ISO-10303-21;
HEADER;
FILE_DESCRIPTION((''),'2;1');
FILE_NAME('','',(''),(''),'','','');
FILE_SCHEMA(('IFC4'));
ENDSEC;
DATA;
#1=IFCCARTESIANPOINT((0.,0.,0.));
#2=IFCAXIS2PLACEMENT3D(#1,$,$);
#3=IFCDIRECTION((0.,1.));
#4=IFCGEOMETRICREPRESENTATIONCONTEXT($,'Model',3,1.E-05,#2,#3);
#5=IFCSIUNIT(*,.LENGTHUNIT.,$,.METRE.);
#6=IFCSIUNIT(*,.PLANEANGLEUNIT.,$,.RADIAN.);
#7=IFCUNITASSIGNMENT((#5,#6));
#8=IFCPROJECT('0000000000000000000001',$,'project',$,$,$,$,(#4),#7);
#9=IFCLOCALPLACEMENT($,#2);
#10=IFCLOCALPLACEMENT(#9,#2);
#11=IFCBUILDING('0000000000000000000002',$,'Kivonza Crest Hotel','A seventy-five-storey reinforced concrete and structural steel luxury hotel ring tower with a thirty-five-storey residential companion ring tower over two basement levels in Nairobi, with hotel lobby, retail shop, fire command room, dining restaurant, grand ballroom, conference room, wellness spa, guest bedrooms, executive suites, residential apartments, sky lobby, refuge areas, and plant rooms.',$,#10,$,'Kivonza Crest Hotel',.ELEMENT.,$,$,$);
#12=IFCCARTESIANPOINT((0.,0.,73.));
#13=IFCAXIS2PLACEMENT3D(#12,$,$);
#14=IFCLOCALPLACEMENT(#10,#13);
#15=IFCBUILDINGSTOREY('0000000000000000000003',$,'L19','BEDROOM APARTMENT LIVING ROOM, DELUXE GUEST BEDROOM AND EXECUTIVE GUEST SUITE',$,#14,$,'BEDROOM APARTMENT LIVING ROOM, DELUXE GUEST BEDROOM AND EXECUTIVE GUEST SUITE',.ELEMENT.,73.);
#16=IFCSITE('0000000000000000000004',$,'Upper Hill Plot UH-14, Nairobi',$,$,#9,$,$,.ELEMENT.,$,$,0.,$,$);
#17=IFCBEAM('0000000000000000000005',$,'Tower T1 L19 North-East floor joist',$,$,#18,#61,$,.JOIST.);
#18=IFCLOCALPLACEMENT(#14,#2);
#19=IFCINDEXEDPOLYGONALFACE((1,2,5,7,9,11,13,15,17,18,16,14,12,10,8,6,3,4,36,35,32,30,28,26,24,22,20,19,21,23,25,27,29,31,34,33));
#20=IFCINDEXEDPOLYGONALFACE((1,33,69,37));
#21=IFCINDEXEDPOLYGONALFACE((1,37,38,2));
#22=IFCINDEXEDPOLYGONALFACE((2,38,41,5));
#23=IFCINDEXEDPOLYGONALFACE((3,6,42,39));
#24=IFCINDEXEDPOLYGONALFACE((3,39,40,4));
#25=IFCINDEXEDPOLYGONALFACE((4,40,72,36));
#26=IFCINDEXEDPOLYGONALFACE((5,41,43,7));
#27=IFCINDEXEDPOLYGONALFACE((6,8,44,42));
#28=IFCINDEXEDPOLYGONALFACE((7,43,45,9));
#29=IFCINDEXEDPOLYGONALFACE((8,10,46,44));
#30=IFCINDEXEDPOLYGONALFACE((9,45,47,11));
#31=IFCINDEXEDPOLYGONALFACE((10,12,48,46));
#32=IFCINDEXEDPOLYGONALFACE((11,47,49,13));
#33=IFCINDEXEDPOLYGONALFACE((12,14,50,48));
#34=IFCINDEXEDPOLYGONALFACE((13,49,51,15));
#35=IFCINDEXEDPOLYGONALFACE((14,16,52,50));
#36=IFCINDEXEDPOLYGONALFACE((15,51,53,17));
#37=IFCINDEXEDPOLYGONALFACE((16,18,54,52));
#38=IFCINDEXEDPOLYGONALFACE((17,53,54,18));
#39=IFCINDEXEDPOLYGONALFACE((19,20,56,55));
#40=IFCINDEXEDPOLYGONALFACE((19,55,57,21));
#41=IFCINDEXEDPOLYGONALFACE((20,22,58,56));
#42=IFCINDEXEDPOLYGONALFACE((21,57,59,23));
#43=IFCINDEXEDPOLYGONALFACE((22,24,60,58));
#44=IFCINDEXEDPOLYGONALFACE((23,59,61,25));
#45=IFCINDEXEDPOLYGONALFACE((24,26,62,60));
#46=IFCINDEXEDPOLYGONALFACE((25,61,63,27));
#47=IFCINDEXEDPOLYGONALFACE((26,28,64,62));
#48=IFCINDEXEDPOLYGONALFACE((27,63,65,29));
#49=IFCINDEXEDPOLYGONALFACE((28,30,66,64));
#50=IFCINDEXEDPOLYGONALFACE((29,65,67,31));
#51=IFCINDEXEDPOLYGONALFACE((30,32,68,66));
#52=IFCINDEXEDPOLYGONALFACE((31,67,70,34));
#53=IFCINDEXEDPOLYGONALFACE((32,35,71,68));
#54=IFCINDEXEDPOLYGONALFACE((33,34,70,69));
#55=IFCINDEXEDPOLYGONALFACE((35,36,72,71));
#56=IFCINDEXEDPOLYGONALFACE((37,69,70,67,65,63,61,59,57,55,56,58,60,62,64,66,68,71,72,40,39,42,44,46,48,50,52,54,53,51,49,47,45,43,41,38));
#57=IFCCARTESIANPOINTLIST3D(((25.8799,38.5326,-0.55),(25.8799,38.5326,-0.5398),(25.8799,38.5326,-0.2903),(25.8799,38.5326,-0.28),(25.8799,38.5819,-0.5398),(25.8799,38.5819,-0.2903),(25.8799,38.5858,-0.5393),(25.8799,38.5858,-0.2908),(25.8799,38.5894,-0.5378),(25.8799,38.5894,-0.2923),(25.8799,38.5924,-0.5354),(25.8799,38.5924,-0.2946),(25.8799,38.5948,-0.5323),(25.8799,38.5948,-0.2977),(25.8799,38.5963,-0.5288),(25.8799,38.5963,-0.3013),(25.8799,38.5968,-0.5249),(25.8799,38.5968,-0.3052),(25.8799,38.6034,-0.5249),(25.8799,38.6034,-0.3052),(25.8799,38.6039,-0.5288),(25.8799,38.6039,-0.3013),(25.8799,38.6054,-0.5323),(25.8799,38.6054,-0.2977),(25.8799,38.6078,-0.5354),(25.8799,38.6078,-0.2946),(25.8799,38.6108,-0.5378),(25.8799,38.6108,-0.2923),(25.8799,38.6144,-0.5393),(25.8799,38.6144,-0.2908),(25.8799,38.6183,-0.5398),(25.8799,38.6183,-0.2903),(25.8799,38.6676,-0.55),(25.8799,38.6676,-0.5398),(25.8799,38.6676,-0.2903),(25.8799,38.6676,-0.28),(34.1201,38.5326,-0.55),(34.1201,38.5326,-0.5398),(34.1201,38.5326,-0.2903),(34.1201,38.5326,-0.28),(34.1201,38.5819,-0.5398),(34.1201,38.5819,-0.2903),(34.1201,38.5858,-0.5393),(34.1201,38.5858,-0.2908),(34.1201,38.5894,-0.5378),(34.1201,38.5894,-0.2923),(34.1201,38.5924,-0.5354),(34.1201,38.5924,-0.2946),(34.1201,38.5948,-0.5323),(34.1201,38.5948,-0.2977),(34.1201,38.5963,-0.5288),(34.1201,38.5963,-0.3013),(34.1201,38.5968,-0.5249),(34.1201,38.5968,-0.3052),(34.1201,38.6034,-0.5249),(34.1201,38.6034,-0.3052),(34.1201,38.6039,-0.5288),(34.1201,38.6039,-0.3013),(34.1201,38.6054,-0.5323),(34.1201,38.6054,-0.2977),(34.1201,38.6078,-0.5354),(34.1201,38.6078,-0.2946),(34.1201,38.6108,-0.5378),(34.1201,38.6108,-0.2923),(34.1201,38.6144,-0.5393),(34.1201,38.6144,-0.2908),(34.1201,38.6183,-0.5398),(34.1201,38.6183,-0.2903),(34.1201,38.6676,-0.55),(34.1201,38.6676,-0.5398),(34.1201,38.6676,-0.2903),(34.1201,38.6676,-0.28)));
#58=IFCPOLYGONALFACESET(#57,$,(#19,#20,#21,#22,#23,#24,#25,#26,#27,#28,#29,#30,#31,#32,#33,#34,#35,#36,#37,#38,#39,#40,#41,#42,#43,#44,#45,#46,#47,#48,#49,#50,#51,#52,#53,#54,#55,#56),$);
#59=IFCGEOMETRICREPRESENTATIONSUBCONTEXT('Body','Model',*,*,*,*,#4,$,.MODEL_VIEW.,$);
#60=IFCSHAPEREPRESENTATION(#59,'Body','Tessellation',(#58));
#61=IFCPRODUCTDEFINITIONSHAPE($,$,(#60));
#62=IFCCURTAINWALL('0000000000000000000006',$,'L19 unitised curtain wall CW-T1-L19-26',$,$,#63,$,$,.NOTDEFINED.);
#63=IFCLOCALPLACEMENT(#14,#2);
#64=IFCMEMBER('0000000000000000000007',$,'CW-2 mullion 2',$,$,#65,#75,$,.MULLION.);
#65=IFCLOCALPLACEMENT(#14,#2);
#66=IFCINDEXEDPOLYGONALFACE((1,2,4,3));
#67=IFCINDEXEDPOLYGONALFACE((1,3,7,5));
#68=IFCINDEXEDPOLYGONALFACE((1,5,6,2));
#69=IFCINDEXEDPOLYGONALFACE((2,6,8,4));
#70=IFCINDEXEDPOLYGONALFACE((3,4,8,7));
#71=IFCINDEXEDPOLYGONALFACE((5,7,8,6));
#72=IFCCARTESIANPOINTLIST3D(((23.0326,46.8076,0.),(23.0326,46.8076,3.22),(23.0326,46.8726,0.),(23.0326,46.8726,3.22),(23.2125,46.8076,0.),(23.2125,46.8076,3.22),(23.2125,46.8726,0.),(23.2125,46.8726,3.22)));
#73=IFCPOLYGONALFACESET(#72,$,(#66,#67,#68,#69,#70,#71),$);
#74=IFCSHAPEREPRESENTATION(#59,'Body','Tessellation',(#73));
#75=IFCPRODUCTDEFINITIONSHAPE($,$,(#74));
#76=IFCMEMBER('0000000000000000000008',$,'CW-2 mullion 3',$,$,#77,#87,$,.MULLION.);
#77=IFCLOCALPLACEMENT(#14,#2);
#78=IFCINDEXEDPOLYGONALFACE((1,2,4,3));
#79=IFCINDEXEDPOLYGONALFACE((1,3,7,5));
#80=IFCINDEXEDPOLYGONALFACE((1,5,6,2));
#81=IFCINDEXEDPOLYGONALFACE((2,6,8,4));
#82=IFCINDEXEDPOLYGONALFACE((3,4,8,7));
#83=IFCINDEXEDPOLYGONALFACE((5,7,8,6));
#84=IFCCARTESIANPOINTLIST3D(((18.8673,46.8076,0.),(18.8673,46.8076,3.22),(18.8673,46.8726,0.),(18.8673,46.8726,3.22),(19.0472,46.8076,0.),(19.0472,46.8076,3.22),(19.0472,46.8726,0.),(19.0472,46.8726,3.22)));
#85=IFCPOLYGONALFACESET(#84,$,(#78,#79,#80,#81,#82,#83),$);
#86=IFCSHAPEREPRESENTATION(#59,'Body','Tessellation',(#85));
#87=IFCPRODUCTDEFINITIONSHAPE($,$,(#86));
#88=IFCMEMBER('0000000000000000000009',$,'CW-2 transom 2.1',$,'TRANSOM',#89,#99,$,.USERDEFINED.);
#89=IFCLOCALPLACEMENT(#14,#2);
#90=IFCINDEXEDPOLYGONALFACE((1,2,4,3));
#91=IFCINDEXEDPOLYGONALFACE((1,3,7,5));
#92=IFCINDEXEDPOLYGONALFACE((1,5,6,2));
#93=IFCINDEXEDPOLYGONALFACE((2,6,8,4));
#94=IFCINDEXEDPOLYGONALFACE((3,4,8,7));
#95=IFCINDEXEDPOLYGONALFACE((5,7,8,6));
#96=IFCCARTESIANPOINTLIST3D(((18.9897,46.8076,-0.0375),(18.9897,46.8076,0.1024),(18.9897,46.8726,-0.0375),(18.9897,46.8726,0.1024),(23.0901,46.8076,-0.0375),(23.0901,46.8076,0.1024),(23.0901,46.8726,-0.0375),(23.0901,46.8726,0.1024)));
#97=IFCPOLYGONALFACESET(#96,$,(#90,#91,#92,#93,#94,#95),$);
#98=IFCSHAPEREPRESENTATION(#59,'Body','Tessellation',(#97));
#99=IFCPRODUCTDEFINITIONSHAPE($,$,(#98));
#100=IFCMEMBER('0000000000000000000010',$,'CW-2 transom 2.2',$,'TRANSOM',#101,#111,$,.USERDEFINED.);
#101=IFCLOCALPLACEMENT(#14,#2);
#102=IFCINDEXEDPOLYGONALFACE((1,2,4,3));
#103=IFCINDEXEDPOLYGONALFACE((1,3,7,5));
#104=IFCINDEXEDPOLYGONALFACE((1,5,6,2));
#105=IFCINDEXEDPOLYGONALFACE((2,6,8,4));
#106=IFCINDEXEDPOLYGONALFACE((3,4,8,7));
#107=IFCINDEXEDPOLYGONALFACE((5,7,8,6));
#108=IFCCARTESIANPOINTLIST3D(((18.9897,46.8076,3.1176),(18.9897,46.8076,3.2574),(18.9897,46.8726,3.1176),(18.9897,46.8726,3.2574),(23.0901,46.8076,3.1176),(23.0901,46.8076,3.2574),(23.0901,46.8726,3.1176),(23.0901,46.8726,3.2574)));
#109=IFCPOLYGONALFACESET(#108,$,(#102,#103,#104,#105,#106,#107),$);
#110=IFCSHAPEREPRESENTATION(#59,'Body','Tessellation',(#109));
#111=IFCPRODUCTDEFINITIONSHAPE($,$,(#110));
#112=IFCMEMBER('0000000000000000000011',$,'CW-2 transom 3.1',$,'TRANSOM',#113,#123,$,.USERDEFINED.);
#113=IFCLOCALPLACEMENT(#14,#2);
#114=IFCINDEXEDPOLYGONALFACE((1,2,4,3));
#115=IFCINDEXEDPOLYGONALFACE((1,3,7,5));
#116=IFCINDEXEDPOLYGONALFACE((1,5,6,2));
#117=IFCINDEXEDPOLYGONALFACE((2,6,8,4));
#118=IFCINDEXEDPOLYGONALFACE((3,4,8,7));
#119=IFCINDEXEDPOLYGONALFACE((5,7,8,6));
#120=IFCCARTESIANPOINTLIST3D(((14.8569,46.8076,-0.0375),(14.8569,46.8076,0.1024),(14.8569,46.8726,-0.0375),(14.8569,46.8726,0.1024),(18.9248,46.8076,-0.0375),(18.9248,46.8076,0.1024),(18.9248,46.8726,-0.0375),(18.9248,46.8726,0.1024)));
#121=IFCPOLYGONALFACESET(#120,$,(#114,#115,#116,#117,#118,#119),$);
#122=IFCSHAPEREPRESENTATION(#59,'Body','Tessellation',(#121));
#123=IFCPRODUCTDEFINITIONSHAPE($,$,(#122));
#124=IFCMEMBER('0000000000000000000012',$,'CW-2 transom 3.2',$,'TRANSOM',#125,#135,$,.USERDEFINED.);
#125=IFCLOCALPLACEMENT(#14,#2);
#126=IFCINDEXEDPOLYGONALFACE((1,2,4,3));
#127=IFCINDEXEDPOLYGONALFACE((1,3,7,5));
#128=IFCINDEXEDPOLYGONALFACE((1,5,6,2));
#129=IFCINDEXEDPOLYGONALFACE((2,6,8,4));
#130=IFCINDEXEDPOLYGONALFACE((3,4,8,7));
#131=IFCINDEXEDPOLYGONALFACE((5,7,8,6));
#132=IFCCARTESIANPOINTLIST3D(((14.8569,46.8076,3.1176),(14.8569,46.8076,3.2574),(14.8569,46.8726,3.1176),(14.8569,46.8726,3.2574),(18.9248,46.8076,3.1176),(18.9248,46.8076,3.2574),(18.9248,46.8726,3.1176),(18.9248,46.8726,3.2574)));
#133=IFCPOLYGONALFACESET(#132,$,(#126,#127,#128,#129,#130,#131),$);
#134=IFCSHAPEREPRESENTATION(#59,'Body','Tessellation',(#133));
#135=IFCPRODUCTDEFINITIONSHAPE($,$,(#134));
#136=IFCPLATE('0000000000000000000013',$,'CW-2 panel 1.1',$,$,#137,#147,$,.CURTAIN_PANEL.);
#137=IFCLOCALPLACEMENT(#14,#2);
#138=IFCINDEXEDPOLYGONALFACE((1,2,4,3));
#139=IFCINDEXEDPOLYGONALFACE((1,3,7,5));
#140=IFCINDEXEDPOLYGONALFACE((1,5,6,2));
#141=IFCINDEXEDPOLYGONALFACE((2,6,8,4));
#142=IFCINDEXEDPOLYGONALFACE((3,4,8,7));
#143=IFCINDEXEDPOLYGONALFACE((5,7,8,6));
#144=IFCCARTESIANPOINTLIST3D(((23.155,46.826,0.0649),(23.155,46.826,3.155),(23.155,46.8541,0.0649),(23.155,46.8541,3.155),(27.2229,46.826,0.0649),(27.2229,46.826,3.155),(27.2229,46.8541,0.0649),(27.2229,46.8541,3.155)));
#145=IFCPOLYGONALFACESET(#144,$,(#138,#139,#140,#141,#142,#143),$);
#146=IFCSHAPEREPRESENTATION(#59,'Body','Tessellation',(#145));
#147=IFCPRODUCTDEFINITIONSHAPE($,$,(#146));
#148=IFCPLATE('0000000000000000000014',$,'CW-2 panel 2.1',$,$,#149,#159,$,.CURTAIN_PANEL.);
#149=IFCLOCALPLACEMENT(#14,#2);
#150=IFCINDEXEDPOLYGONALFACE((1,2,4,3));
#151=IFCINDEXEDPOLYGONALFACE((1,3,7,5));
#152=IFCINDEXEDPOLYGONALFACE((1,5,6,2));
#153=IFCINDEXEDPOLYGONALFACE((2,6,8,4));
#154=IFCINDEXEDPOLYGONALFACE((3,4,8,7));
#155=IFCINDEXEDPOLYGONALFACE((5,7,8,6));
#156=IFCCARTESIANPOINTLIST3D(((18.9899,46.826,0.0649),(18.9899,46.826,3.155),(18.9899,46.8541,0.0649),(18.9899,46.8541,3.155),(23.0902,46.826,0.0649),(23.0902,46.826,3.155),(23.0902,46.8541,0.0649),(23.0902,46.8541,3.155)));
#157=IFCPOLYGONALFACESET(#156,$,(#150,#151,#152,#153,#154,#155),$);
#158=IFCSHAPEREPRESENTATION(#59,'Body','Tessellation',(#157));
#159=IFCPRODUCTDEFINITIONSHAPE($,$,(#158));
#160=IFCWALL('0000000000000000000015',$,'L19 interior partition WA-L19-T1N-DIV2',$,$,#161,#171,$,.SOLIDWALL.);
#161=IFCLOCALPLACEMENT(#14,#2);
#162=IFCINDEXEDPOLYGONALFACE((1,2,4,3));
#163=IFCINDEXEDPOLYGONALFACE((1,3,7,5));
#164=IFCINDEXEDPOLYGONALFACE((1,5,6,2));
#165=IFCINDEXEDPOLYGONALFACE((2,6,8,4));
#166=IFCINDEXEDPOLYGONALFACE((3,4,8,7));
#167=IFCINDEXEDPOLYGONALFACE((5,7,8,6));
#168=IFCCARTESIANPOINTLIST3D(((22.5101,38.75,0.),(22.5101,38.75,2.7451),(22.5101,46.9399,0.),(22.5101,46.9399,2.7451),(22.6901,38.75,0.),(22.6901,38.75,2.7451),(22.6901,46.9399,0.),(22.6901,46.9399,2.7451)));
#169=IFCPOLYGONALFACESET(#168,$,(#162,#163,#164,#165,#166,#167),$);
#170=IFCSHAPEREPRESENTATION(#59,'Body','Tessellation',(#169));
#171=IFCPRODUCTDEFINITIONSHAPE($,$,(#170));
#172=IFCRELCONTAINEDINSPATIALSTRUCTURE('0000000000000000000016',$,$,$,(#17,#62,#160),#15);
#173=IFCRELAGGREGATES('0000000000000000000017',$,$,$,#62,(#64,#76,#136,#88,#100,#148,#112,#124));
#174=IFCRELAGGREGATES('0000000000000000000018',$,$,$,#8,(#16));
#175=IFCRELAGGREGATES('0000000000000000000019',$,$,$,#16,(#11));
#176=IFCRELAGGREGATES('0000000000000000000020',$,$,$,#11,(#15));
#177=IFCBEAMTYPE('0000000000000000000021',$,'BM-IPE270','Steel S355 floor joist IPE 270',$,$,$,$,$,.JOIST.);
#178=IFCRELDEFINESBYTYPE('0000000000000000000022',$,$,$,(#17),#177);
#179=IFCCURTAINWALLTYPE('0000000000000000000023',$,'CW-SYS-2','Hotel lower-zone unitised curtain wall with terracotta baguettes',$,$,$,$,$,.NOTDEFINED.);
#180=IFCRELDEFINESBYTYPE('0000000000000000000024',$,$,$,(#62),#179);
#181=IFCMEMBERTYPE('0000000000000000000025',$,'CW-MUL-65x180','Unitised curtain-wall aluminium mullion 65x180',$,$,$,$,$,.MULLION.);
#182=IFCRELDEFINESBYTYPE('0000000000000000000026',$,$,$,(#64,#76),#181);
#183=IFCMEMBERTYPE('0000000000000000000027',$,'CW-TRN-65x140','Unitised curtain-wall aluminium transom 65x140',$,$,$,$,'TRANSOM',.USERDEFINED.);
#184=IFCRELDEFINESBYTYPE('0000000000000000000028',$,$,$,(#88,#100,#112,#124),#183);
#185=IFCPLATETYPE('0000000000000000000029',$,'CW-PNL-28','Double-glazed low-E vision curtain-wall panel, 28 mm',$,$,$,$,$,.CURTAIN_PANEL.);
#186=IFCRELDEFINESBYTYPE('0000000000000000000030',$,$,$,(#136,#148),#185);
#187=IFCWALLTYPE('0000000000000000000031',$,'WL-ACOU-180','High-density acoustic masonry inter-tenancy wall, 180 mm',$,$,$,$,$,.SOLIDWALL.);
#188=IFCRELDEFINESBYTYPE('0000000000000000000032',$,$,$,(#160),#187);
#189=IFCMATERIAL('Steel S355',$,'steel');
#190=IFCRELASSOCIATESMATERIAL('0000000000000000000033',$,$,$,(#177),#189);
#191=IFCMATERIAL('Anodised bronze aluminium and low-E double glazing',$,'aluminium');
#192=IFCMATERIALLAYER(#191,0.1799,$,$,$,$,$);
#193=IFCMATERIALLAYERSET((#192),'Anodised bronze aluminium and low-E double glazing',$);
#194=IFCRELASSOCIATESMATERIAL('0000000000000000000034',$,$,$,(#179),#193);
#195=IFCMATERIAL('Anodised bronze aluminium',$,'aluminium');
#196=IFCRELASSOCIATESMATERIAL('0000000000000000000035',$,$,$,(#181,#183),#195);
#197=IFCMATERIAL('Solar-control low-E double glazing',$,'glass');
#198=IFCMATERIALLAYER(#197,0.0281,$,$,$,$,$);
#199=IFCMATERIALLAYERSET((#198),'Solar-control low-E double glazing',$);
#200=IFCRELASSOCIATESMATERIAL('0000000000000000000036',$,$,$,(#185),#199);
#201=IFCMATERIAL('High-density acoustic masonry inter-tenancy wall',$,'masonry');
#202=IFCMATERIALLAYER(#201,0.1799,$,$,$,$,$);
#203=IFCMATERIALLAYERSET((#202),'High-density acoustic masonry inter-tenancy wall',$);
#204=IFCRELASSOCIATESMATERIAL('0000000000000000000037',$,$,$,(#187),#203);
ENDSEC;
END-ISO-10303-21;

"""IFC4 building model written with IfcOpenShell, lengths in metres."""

from ifc_helpers import new_model, si_unit, direction, frame, frame_2d, origin, origin_2d, place, context, subcontext, project, spatial, rectangle, i_section, extrude, material, layer, layer_set, material_profile, profile_set, type_object, element, aggregate, save


model = new_model("IFC4")

# Units and contexts
model_context = context("Model", 3, precision=1e-05, world=origin(), true_north=direction((0.0, 1.0)))
body_context = subcontext(model_context, "Body", "Model", "MODEL_VIEW")
ifc_project = project(units=[si_unit("LENGTHUNIT", "METRE"), si_unit("PLANEANGLEUNIT", "RADIAN")], contexts=[model_context])

# Site, building, storey
site_placement = place(None, origin())
site = spatial("IfcSite", under=ifc_project, at=site_placement, Name="Upper Hill Plot UH-14, Nairobi", CompositionType="ELEMENT", RefElevation=0.0)
building_placement = place(site_placement, origin())
building = spatial("IfcBuilding", under=site, at=building_placement, Name="Kivonza Crest Hotel", Description="A seventy-five-storey reinforced concrete and structural steel luxury hotel ring tower with a thirty-five-storey residential companion ring tower over two basement levels in Nairobi, with hotel lobby, retail shop, fire command room, dining restaurant, grand ballroom, conference room, wellness spa, guest bedrooms, executive suites, residential apartments, sky lobby, refuge areas, and plant rooms.", LongName="Kivonza Crest Hotel", CompositionType="ELEMENT")
storey_placement = place(building_placement, frame((0.0, 0.0, 73.0)))
storey = spatial("IfcBuildingStorey", under=building, at=storey_placement, Name="L19", Description="BEDROOM APARTMENT LIVING ROOM, DELUXE GUEST BEDROOM AND EXECUTIVE GUEST SUITE", LongName="BEDROOM APARTMENT LIVING ROOM, DELUXE GUEST BEDROOM AND EXECUTIVE GUEST SUITE", CompositionType="ELEMENT", Elevation=73.0)

# Beam
ifc_material_1 = material(Name="Steel S355", Category="steel")
ifc_material_profile_1 = material_profile(ifc_material_1, i_section(OverallWidth=0.135, OverallDepth=0.27, WebThickness=0.0066, FlangeThickness=0.0103, FilletRadius=0.0149, at=origin_2d()), Name="IPE 270")
ifc_profile_set_1 = profile_set([ifc_material_profile_1], Name="Steel S355")
beam_type_1 = type_object("IfcBeamType", Name="BM-IPE270", Description="Steel S355 floor joist IPE 270", PredefinedType="JOIST", material=ifc_profile_set_1)
beam_1_placement = place(storey_placement, frame((25.8799, 38.6001, -0.415), z_axis=(1.0, 0.0, 0.0), x_axis=(0.0, 1.0, 0.0)))
element("IfcBeam", 1, at=beam_1_placement, inside=storey, type_object=beam_type_1, Name="Tower T1 L19 North-East floor joist", PredefinedType="JOIST", context=body_context, shape_type="SweptSolid", body=[
    extrude(i_section(OverallWidth=0.135, OverallDepth=0.27, WebThickness=0.0066, FlangeThickness=0.0103, FilletRadius=0.0149, at=origin_2d()), origin(), (0.0, 0.0, 1.0), 8.2402),
])

# Curtain wall, members, plates
ifc_material_2 = material(Name="Anodised bronze aluminium and low-E double glazing", Category="aluminium")
ifc_layer_1 = layer(ifc_material_2, 0.1799)
ifc_layer_set_1 = layer_set([ifc_layer_1], Name="Anodised bronze aluminium and low-E double glazing")
curtain_wall_type = type_object("IfcCurtainWallType", Name="CW-SYS-2", Description="Hotel lower-zone unitised curtain wall with terracotta baguettes", PredefinedType="NOTDEFINED", material=ifc_layer_set_1)
curtain_wall_placement = place(storey_placement, origin())
curtain_wall = element("IfcCurtainWall", 2, at=curtain_wall_placement, inside=storey, type_object=curtain_wall_type, Name="L19 unitised curtain wall CW-T1-L19-26", PredefinedType="NOTDEFINED")
ifc_material_3 = material(Name="Anodised bronze aluminium", Category="aluminium")
ifc_material_profile_2 = material_profile(ifc_material_3, rectangle(XDim=0.0649, YDim=0.1799, at=origin_2d()), Name="CW-M 65x180")
ifc_profile_set_2 = profile_set([ifc_material_profile_2], Name="Anodised bronze aluminium")
member_type_1 = type_object("IfcMemberType", Name="CW-MUL-65x180", Description="Unitised curtain-wall aluminium mullion 65x180", PredefinedType="MULLION", material=ifc_profile_set_2)
member_1_placement = place(storey_placement, frame((23.1226, 46.8401, 0.0), z_axis=(0.0, 0.0, 1.0), x_axis=(0.0, -1.0, 0.0)))
member_1 = element("IfcMember", 3, at=member_1_placement, type_object=member_type_1, Name="CW-2 mullion 2", PredefinedType="MULLION", context=body_context, shape_type="SweptSolid", body=[
    extrude(rectangle(XDim=0.0649, YDim=0.1799, at=origin_2d()), origin(), (0.0, 0.0, 1.0), 3.22),
])
member_2_placement = place(storey_placement, frame((18.9573, 46.8401, 0.0), z_axis=(0.0, 0.0, 1.0), x_axis=(0.0, -1.0, 0.0)))
member_2 = element("IfcMember", 4, at=member_2_placement, type_object=member_type_1, Name="CW-2 mullion 3", PredefinedType="MULLION", context=body_context, shape_type="SweptSolid", body=[
    extrude(rectangle(XDim=0.0649, YDim=0.1799, at=origin_2d()), origin(), (0.0, 0.0, 1.0), 3.22),
])
ifc_material_profile_3 = material_profile(ifc_material_3, rectangle(XDim=0.0649, YDim=0.1399, at=origin_2d()), Name="CW-T 65x140")
ifc_profile_set_3 = profile_set([ifc_material_profile_3], Name="Anodised bronze aluminium")
member_type_2 = type_object("IfcMemberType", Name="CW-TRN-65x140", Description="Unitised curtain-wall aluminium transom 65x140", ElementType="TRANSOM", PredefinedType="USERDEFINED", material=ifc_profile_set_3)
member_3_placement = place(storey_placement, frame((23.0901, 46.8401, 0.0325), z_axis=(-1.0, 0.0, 0.0), x_axis=(0.0, -1.0, 0.0)))
member_3 = element("IfcMember", 5, at=member_3_placement, type_object=member_type_2, Name="CW-2 transom 2.1", ObjectType="TRANSOM", PredefinedType="USERDEFINED", context=body_context, shape_type="SweptSolid", body=[
    extrude(rectangle(XDim=0.0649, YDim=0.1399, at=origin_2d()), origin(), (0.0, 0.0, 1.0), 4.1003),
])
member_4_placement = place(storey_placement, frame((23.0901, 46.8401, 3.1875), z_axis=(-1.0, 0.0, 0.0), x_axis=(0.0, -1.0, 0.0)))
member_4 = element("IfcMember", 6, at=member_4_placement, type_object=member_type_2, Name="CW-2 transom 2.2", ObjectType="TRANSOM", PredefinedType="USERDEFINED", context=body_context, shape_type="SweptSolid", body=[
    extrude(rectangle(XDim=0.0649, YDim=0.1399, at=origin_2d()), origin(), (0.0, 0.0, 1.0), 4.1003),
])
member_5_placement = place(storey_placement, frame((18.9248, 46.8401, 0.0325), z_axis=(-1.0, 0.0, 0.0), x_axis=(0.0, -1.0, 0.0)))
member_5 = element("IfcMember", 7, at=member_5_placement, type_object=member_type_2, Name="CW-2 transom 3.1", ObjectType="TRANSOM", PredefinedType="USERDEFINED", context=body_context, shape_type="SweptSolid", body=[
    extrude(rectangle(XDim=0.0649, YDim=0.1399, at=origin_2d()), origin(), (0.0, 0.0, 1.0), 4.0679),
])
member_6_placement = place(storey_placement, frame((18.9248, 46.8401, 3.1875), z_axis=(-1.0, 0.0, 0.0), x_axis=(0.0, -1.0, 0.0)))
member_6 = element("IfcMember", 8, at=member_6_placement, type_object=member_type_2, Name="CW-2 transom 3.2", ObjectType="TRANSOM", PredefinedType="USERDEFINED", context=body_context, shape_type="SweptSolid", body=[
    extrude(rectangle(XDim=0.0649, YDim=0.1399, at=origin_2d()), origin(), (0.0, 0.0, 1.0), 4.0679),
])
ifc_material_4 = material(Name="Solar-control low-E double glazing", Category="glass")
ifc_layer_2 = layer(ifc_material_4, 0.0281)
ifc_layer_set_2 = layer_set([ifc_layer_2], Name="Solar-control low-E double glazing")
plate_type = type_object("IfcPlateType", Name="CW-PNL-28", Description="Double-glazed low-E vision curtain-wall panel, 28 mm", PredefinedType="CURTAIN_PANEL", material=ifc_layer_set_2)
plate_1_placement = place(storey_placement, frame((25.189, 46.8401, 0.0649), z_axis=(0.0, 0.0, 1.0), x_axis=(-1.0, 0.0, 0.0)))
plate_1 = element("IfcPlate", 9, at=plate_1_placement, type_object=plate_type, Name="CW-2 panel 1.1", PredefinedType="CURTAIN_PANEL", context=body_context, shape_type="SweptSolid", body=[
    extrude(rectangle(XDim=4.0679, YDim=0.0281, at=origin_2d()), origin(), (0.0, 0.0, 1.0), 3.0901),
])
plate_2_placement = place(storey_placement, frame((21.04, 46.8401, 0.0649), z_axis=(0.0, 0.0, 1.0), x_axis=(-1.0, 0.0, 0.0)))
plate_2 = element("IfcPlate", 10, at=plate_2_placement, type_object=plate_type, Name="CW-2 panel 2.1", PredefinedType="CURTAIN_PANEL", context=body_context, shape_type="SweptSolid", body=[
    extrude(rectangle(XDim=4.1003, YDim=0.0281, at=origin_2d()), origin(), (0.0, 0.0, 1.0), 3.0901),
])
aggregate(curtain_wall, [member_1, member_2, plate_1, member_3, member_4, plate_2, member_5, member_6])

# Wall
ifc_material_5 = material(Name="High-density acoustic masonry inter-tenancy wall", Category="masonry")
ifc_layer_3 = layer(ifc_material_5, 0.1799)
ifc_layer_set_3 = layer_set([ifc_layer_3], Name="High-density acoustic masonry inter-tenancy wall")
wall_type_1 = type_object("IfcWallType", Name="WL-ACOU-180", Description="High-density acoustic masonry inter-tenancy wall, 180 mm", PredefinedType="SOLIDWALL", material=ifc_layer_set_3)
wall_1_placement = place(storey_placement, frame((22.6001, 38.75, 0.0), z_axis=(0.0, 0.0, 1.0), x_axis=(0.0, 1.0, 0.0)))
element("IfcWall", 11, at=wall_1_placement, inside=storey, type_object=wall_type_1, Name="L19 interior partition WA-L19-T1N-DIV2", PredefinedType="SOLIDWALL", context=body_context, shape_type="SweptSolid", body=[
    extrude(rectangle(XDim=8.1899, YDim=0.1799, at=frame_2d((4.095, 0.0))), origin(), (0.0, 0.0, 1.0), 2.7451),
])

save(model, "model.ifc")
